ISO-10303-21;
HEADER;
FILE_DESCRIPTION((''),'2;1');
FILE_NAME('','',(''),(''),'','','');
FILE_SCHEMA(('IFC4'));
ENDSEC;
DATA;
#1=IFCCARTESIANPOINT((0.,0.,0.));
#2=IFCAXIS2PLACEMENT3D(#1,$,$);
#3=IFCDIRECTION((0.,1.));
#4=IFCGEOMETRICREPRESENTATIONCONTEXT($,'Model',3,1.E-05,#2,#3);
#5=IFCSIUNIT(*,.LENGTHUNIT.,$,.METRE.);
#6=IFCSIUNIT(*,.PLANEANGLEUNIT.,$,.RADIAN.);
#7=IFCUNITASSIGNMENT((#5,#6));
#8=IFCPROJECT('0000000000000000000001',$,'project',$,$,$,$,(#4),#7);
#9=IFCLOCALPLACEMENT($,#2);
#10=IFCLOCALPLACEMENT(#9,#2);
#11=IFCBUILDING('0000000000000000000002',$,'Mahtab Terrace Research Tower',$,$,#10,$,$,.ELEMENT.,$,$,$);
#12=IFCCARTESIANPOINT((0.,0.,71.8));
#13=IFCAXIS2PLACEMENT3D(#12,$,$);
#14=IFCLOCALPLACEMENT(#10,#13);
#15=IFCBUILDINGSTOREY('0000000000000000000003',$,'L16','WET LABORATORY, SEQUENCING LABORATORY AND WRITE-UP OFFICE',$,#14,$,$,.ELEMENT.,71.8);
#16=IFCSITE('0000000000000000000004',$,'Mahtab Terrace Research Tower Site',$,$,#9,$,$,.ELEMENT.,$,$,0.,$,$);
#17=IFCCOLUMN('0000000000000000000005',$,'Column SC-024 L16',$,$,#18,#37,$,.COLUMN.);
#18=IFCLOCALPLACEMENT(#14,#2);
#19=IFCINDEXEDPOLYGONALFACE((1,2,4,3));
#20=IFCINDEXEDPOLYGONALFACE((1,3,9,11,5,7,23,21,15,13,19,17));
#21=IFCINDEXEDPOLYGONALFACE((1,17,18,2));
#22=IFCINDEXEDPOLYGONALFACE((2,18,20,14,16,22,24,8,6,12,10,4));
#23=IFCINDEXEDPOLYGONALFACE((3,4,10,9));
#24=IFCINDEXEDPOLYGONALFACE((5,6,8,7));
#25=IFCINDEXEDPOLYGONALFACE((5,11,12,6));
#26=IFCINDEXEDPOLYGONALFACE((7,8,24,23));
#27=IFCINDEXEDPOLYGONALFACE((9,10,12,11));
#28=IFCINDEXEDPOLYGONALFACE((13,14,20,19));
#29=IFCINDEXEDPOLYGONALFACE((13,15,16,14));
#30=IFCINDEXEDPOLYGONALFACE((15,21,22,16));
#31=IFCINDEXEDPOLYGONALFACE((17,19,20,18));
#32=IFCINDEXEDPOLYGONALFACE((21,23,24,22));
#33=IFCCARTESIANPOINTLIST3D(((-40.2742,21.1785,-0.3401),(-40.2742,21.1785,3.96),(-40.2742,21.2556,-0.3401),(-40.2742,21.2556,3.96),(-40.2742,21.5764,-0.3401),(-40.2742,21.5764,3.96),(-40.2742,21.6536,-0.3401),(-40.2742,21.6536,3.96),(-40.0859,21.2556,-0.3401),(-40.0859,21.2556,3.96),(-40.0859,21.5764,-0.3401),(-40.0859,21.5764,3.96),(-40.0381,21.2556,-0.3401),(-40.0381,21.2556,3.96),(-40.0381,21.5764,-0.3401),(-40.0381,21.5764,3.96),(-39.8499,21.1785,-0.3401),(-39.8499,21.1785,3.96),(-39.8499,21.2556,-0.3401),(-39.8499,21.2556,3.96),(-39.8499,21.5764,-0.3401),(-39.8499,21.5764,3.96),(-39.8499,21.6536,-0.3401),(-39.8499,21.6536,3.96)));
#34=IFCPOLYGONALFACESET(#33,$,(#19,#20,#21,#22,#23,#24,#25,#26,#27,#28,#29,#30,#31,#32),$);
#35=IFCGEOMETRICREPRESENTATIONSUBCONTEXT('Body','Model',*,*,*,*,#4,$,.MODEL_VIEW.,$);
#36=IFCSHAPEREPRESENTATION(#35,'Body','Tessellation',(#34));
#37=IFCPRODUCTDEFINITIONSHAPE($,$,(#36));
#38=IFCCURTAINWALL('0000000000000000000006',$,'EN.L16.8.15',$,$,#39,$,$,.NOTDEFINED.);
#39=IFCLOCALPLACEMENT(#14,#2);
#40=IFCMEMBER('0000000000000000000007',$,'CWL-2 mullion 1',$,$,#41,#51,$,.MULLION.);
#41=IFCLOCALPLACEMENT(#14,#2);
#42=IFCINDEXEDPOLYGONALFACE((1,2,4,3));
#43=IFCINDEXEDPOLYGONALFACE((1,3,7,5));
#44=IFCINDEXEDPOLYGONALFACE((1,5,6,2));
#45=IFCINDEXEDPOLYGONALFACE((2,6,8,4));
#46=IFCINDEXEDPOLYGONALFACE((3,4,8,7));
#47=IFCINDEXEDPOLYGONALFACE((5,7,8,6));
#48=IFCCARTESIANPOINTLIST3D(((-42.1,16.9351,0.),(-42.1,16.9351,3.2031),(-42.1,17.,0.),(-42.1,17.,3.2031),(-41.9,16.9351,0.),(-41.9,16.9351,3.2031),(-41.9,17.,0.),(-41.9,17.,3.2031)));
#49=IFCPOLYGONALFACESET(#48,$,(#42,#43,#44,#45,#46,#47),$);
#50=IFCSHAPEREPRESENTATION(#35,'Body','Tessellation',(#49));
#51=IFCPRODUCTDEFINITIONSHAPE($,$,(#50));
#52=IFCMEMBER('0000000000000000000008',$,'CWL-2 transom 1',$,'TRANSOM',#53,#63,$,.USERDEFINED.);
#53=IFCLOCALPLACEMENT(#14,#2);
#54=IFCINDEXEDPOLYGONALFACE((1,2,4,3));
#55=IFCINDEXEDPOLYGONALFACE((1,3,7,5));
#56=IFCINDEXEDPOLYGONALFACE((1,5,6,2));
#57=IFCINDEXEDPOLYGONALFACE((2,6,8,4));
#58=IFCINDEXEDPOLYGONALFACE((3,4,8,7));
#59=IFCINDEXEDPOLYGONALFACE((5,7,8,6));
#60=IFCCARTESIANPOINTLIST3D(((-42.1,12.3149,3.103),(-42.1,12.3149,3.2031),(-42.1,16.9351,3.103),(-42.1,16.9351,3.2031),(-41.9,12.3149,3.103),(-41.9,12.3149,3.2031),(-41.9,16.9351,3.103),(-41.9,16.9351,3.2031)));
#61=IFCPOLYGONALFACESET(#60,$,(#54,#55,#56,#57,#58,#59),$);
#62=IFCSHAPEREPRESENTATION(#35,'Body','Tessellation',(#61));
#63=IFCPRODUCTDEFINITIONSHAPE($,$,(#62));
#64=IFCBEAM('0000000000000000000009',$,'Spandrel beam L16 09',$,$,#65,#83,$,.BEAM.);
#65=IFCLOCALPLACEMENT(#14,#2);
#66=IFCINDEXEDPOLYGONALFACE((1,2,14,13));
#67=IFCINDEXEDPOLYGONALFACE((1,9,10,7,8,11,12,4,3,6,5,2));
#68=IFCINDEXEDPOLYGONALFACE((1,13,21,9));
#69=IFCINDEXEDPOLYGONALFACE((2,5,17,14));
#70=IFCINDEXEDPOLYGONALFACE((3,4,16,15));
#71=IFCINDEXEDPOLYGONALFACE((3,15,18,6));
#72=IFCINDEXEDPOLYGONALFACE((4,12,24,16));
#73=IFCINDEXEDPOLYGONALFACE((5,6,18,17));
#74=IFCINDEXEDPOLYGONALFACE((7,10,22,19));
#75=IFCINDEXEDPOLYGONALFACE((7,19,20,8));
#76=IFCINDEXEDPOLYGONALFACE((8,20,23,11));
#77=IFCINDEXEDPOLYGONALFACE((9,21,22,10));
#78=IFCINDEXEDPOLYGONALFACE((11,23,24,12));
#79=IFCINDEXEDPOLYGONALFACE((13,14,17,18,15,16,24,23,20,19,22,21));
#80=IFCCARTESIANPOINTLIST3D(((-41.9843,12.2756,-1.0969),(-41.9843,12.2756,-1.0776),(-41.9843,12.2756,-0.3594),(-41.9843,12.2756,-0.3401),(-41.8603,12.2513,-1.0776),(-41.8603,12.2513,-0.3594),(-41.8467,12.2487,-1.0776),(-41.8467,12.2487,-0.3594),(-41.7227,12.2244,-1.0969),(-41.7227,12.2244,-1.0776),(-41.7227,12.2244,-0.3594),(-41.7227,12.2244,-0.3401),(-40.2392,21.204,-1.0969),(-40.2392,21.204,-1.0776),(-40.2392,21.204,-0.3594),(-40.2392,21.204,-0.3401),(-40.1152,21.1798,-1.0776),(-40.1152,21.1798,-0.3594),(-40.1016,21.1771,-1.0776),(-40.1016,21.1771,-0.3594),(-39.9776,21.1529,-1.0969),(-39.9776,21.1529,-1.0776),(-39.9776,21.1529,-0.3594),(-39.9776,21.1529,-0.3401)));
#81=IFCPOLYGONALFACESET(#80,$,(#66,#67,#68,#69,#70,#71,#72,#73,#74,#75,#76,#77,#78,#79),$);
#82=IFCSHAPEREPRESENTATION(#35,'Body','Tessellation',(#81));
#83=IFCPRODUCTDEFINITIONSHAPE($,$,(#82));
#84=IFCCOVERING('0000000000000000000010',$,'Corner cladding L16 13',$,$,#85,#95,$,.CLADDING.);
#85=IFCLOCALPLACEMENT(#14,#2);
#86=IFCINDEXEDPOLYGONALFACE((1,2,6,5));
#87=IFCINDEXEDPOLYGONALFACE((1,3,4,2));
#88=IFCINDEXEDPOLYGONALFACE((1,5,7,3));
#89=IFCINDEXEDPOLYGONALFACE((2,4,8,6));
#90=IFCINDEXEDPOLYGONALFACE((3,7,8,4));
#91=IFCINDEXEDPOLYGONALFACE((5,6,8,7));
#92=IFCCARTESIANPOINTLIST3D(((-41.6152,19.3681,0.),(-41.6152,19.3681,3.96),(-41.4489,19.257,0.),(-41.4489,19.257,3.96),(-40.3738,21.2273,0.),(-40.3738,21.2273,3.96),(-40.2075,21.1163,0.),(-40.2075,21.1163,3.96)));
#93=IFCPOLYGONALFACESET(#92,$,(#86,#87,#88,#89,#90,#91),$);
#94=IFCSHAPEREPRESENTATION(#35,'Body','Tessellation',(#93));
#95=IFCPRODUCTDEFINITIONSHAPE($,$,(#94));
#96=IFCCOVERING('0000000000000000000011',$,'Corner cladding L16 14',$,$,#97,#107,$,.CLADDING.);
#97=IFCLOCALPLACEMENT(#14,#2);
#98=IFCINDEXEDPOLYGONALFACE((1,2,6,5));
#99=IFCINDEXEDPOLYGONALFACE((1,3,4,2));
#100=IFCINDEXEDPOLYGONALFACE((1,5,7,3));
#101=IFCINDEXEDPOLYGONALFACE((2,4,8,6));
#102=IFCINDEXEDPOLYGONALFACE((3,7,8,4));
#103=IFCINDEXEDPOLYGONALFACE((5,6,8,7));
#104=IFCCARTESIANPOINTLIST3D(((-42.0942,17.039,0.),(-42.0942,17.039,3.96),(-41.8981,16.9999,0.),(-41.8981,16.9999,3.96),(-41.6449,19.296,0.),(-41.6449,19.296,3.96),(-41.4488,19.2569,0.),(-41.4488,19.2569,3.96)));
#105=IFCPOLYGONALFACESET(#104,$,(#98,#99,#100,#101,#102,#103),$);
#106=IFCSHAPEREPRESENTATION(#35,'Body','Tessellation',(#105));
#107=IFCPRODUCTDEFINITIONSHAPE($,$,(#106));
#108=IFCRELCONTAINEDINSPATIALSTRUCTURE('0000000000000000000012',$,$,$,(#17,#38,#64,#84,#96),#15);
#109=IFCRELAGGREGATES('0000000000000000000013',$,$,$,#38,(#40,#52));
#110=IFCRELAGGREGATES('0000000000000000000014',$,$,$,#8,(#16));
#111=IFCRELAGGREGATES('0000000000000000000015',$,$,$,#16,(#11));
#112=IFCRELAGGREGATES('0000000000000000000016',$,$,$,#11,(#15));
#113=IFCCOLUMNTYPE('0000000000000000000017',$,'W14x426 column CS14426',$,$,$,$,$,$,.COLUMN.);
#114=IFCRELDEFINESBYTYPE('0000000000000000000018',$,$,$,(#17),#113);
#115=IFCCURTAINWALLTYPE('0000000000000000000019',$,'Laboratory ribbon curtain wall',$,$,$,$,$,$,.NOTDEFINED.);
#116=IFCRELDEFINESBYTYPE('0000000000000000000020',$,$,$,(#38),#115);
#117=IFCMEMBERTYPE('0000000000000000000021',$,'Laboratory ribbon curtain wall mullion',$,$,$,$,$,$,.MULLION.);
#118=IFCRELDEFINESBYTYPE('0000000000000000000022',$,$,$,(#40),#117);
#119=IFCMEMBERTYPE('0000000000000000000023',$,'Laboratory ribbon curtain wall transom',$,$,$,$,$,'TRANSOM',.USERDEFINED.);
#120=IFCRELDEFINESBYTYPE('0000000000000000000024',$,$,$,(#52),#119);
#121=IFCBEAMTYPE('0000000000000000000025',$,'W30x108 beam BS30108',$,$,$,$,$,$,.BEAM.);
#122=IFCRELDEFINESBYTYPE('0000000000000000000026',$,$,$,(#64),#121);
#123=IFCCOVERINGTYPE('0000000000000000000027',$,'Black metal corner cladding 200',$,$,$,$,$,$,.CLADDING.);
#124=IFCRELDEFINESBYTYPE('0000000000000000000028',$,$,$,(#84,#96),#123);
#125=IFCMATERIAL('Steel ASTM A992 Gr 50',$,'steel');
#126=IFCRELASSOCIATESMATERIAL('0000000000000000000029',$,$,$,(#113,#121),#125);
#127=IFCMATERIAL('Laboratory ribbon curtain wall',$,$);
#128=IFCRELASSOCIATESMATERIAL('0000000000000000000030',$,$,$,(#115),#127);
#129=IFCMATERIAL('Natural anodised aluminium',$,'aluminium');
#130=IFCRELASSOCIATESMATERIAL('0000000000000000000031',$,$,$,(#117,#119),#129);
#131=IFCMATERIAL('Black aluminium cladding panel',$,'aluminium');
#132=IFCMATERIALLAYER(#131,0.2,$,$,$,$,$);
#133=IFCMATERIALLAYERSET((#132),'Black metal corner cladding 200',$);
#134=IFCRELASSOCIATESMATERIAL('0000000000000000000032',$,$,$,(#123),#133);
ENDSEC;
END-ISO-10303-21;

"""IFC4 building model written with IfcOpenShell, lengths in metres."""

from ifc_helpers import new_model, si_unit, direction, frame, origin, origin_2d, place, context, subcontext, project, spatial, rectangle, i_section, extrude, material, layer, layer_set, material_profile, profile_set, type_object, element, aggregate, save


model = new_model("IFC4")

# Units and contexts
model_context = context("Model", 3, precision=1e-05, world=origin(), true_north=direction((0.0, 1.0)))
body_context = subcontext(model_context, "Body", "Model", "MODEL_VIEW")
ifc_project = project(units=[si_unit("LENGTHUNIT", "METRE"), si_unit("PLANEANGLEUNIT", "RADIAN")], contexts=[model_context])

# Site, building, storey
site_placement = place(None, origin())
site = spatial("IfcSite", under=ifc_project, at=site_placement, Name="Mahtab Terrace Research Tower Site", CompositionType="ELEMENT", RefElevation=0.0)
building_placement = place(site_placement, origin())
building = spatial("IfcBuilding", under=site, at=building_placement, Name="Mahtab Terrace Research Tower", CompositionType="ELEMENT")
storey_placement = place(building_placement, frame((0.0, 0.0, 71.8)))
storey = spatial("IfcBuildingStorey", under=building, at=storey_placement, Name="L16", Description="WET LABORATORY, SEQUENCING LABORATORY AND WRITE-UP OFFICE", CompositionType="ELEMENT", Elevation=71.8)

# Column
ifc_material_1 = material(Name="Steel ASTM A992 Gr 50", Category="steel")
ifc_material_profile_1 = material_profile(ifc_material_1, i_section(OverallWidth=0.4243, OverallDepth=0.4751, WebThickness=0.0479, FlangeThickness=0.0771, at=origin_2d()), Name="W14X426")
ifc_profile_set_1 = profile_set([ifc_material_profile_1], Name="Steel ASTM A992 Gr 50")
column_type = type_object("IfcColumnType", Name="W14x426 column CS14426", PredefinedType="COLUMN", material=ifc_profile_set_1)
column_placement = place(storey_placement, frame((-40.062, 21.416, -0.3401), z_axis=(0.0, 0.0, 1.0), x_axis=(1.0, 0.0, 0.0)))
element("IfcColumn", 1, at=column_placement, inside=storey, type_object=column_type, Name="Column SC-024 L16", PredefinedType="COLUMN", context=body_context, shape_type="SweptSolid", body=[
    extrude(i_section(OverallWidth=0.4243, OverallDepth=0.4751, WebThickness=0.0479, FlangeThickness=0.0771, at=origin_2d()), origin(), (0.0, 0.0, 1.0), 4.3),
])

# Curtain wall, members
ifc_material_2 = material(Name="Laboratory ribbon curtain wall")
curtain_wall_type = type_object("IfcCurtainWallType", Name="Laboratory ribbon curtain wall", PredefinedType="NOTDEFINED", material=ifc_material_2)
curtain_wall_placement = place(storey_placement, origin())
curtain_wall = element("IfcCurtainWall", 2, at=curtain_wall_placement, inside=storey, type_object=curtain_wall_type, Name="EN.L16.8.15", PredefinedType="NOTDEFINED")
ifc_material_3 = material(Name="Natural anodised aluminium", Category="aluminium")
ifc_material_profile_2 = material_profile(ifc_material_3, rectangle(XDim=0.2, YDim=0.0649, at=origin_2d()), Name="MULLION 65x200")
ifc_profile_set_2 = profile_set([ifc_material_profile_2], Name="Natural anodised aluminium")
member_type_1 = type_object("IfcMemberType", Name="Laboratory ribbon curtain wall mullion", PredefinedType="MULLION", material=ifc_profile_set_2)
member_1_placement = place(storey_placement, frame((-42.0, 16.9675, 0.0), z_axis=(0.0, 0.0, 1.0), x_axis=(1.0, 0.0, 0.0)))
member_1 = element("IfcMember", 3, at=member_1_placement, type_object=member_type_1, Name="CWL-2 mullion 1", PredefinedType="MULLION", context=body_context, shape_type="SweptSolid", body=[
    extrude(rectangle(XDim=0.2, YDim=0.0649, at=origin_2d()), origin(), (0.0, 0.0, 1.0), 3.2031),
])
ifc_material_profile_3 = material_profile(ifc_material_3, rectangle(XDim=0.2, YDim=0.1001, at=origin_2d()), Name="TRANSOM 100x200")
ifc_profile_set_3 = profile_set([ifc_material_profile_3], Name="Natural anodised aluminium")
member_type_2 = type_object("IfcMemberType", Name="Laboratory ribbon curtain wall transom", ElementType="TRANSOM", PredefinedType="USERDEFINED", material=ifc_profile_set_3)
member_2_placement = place(storey_placement, frame((-42.0, 16.9351, 3.1531), z_axis=(0.0, -1.0, 0.0), x_axis=(1.0, 0.0, 0.0)))
member_2 = element("IfcMember", 4, at=member_2_placement, type_object=member_type_2, Name="CWL-2 transom 1", ObjectType="TRANSOM", PredefinedType="USERDEFINED", context=body_context, shape_type="SweptSolid", body=[
    extrude(rectangle(XDim=0.2, YDim=0.1001, at=origin_2d()), origin(), (0.0, 0.0, 1.0), 4.6201),
])
aggregate(curtain_wall, [member_1, member_2])

# Beam
ifc_material_profile_4 = material_profile(ifc_material_1, i_section(OverallWidth=0.2666, OverallDepth=0.7568, WebThickness=0.0139, FlangeThickness=0.0193, at=origin_2d()), Name="W30X108")
ifc_profile_set_4 = profile_set([ifc_material_profile_4], Name="Steel ASTM A992 Gr 50")
beam_type = type_object("IfcBeamType", Name="W30x108 beam BS30108", PredefinedType="BEAM", material=ifc_profile_set_4)
beam_placement = place(storey_placement, frame((-40.1084, 21.1785, -0.7185), z_axis=(-0.191826, -0.981429, 0.0), x_axis=(0.981429, -0.191826, 0.0)))
element("IfcBeam", 5, at=beam_placement, inside=storey, type_object=beam_type, Name="Spandrel beam L16 09", PredefinedType="BEAM", context=body_context, shape_type="SweptSolid", body=[
    extrude(i_section(OverallWidth=0.2666, OverallDepth=0.7568, WebThickness=0.0139, FlangeThickness=0.0193, at=origin_2d()), origin(), (0.0, 0.0, 1.0), 9.0974),
])

# Coverings
ifc_material_4 = material(Name="Black aluminium cladding panel", Category="aluminium")
ifc_layer_1 = layer(ifc_material_4, 0.2)
ifc_layer_set_1 = layer_set([ifc_layer_1], Name="Black metal corner cladding 200")
covering_type = type_object("IfcCoveringType", Name="Black metal corner cladding 200", PredefinedType="CLADDING", material=ifc_layer_set_1)
covering_1_placement = place(storey_placement, frame((-40.9114, 20.2422, 0.0), z_axis=(0.0, 0.0, 1.0), x_axis=(-0.555291, -0.831656, 0.0)))
element("IfcCovering", 6, at=covering_1_placement, inside=storey, type_object=covering_type, Name="Corner cladding L16 13", PredefinedType="CLADDING", context=body_context, shape_type="SweptSolid", body=[
    extrude(rectangle(XDim=2.2356, YDim=0.2, at=origin_2d()), origin(), (0.0, 0.0, 1.0), 3.96),
])
covering_2_placement = place(storey_placement, frame((-41.7715, 18.1479, 0.0), z_axis=(0.0, 0.0, 1.0), x_axis=(-0.195212, -0.980761, 0.0)))
element("IfcCovering", 7, at=covering_2_placement, inside=storey, type_object=covering_type, Name="Corner cladding L16 14", PredefinedType="CLADDING", context=body_context, shape_type="SweptSolid", body=[
    extrude(rectangle(XDim=2.3013, YDim=0.2, at=origin_2d()), origin(), (0.0, 0.0, 1.0), 3.96),
])

save(model, "model.ifc")
